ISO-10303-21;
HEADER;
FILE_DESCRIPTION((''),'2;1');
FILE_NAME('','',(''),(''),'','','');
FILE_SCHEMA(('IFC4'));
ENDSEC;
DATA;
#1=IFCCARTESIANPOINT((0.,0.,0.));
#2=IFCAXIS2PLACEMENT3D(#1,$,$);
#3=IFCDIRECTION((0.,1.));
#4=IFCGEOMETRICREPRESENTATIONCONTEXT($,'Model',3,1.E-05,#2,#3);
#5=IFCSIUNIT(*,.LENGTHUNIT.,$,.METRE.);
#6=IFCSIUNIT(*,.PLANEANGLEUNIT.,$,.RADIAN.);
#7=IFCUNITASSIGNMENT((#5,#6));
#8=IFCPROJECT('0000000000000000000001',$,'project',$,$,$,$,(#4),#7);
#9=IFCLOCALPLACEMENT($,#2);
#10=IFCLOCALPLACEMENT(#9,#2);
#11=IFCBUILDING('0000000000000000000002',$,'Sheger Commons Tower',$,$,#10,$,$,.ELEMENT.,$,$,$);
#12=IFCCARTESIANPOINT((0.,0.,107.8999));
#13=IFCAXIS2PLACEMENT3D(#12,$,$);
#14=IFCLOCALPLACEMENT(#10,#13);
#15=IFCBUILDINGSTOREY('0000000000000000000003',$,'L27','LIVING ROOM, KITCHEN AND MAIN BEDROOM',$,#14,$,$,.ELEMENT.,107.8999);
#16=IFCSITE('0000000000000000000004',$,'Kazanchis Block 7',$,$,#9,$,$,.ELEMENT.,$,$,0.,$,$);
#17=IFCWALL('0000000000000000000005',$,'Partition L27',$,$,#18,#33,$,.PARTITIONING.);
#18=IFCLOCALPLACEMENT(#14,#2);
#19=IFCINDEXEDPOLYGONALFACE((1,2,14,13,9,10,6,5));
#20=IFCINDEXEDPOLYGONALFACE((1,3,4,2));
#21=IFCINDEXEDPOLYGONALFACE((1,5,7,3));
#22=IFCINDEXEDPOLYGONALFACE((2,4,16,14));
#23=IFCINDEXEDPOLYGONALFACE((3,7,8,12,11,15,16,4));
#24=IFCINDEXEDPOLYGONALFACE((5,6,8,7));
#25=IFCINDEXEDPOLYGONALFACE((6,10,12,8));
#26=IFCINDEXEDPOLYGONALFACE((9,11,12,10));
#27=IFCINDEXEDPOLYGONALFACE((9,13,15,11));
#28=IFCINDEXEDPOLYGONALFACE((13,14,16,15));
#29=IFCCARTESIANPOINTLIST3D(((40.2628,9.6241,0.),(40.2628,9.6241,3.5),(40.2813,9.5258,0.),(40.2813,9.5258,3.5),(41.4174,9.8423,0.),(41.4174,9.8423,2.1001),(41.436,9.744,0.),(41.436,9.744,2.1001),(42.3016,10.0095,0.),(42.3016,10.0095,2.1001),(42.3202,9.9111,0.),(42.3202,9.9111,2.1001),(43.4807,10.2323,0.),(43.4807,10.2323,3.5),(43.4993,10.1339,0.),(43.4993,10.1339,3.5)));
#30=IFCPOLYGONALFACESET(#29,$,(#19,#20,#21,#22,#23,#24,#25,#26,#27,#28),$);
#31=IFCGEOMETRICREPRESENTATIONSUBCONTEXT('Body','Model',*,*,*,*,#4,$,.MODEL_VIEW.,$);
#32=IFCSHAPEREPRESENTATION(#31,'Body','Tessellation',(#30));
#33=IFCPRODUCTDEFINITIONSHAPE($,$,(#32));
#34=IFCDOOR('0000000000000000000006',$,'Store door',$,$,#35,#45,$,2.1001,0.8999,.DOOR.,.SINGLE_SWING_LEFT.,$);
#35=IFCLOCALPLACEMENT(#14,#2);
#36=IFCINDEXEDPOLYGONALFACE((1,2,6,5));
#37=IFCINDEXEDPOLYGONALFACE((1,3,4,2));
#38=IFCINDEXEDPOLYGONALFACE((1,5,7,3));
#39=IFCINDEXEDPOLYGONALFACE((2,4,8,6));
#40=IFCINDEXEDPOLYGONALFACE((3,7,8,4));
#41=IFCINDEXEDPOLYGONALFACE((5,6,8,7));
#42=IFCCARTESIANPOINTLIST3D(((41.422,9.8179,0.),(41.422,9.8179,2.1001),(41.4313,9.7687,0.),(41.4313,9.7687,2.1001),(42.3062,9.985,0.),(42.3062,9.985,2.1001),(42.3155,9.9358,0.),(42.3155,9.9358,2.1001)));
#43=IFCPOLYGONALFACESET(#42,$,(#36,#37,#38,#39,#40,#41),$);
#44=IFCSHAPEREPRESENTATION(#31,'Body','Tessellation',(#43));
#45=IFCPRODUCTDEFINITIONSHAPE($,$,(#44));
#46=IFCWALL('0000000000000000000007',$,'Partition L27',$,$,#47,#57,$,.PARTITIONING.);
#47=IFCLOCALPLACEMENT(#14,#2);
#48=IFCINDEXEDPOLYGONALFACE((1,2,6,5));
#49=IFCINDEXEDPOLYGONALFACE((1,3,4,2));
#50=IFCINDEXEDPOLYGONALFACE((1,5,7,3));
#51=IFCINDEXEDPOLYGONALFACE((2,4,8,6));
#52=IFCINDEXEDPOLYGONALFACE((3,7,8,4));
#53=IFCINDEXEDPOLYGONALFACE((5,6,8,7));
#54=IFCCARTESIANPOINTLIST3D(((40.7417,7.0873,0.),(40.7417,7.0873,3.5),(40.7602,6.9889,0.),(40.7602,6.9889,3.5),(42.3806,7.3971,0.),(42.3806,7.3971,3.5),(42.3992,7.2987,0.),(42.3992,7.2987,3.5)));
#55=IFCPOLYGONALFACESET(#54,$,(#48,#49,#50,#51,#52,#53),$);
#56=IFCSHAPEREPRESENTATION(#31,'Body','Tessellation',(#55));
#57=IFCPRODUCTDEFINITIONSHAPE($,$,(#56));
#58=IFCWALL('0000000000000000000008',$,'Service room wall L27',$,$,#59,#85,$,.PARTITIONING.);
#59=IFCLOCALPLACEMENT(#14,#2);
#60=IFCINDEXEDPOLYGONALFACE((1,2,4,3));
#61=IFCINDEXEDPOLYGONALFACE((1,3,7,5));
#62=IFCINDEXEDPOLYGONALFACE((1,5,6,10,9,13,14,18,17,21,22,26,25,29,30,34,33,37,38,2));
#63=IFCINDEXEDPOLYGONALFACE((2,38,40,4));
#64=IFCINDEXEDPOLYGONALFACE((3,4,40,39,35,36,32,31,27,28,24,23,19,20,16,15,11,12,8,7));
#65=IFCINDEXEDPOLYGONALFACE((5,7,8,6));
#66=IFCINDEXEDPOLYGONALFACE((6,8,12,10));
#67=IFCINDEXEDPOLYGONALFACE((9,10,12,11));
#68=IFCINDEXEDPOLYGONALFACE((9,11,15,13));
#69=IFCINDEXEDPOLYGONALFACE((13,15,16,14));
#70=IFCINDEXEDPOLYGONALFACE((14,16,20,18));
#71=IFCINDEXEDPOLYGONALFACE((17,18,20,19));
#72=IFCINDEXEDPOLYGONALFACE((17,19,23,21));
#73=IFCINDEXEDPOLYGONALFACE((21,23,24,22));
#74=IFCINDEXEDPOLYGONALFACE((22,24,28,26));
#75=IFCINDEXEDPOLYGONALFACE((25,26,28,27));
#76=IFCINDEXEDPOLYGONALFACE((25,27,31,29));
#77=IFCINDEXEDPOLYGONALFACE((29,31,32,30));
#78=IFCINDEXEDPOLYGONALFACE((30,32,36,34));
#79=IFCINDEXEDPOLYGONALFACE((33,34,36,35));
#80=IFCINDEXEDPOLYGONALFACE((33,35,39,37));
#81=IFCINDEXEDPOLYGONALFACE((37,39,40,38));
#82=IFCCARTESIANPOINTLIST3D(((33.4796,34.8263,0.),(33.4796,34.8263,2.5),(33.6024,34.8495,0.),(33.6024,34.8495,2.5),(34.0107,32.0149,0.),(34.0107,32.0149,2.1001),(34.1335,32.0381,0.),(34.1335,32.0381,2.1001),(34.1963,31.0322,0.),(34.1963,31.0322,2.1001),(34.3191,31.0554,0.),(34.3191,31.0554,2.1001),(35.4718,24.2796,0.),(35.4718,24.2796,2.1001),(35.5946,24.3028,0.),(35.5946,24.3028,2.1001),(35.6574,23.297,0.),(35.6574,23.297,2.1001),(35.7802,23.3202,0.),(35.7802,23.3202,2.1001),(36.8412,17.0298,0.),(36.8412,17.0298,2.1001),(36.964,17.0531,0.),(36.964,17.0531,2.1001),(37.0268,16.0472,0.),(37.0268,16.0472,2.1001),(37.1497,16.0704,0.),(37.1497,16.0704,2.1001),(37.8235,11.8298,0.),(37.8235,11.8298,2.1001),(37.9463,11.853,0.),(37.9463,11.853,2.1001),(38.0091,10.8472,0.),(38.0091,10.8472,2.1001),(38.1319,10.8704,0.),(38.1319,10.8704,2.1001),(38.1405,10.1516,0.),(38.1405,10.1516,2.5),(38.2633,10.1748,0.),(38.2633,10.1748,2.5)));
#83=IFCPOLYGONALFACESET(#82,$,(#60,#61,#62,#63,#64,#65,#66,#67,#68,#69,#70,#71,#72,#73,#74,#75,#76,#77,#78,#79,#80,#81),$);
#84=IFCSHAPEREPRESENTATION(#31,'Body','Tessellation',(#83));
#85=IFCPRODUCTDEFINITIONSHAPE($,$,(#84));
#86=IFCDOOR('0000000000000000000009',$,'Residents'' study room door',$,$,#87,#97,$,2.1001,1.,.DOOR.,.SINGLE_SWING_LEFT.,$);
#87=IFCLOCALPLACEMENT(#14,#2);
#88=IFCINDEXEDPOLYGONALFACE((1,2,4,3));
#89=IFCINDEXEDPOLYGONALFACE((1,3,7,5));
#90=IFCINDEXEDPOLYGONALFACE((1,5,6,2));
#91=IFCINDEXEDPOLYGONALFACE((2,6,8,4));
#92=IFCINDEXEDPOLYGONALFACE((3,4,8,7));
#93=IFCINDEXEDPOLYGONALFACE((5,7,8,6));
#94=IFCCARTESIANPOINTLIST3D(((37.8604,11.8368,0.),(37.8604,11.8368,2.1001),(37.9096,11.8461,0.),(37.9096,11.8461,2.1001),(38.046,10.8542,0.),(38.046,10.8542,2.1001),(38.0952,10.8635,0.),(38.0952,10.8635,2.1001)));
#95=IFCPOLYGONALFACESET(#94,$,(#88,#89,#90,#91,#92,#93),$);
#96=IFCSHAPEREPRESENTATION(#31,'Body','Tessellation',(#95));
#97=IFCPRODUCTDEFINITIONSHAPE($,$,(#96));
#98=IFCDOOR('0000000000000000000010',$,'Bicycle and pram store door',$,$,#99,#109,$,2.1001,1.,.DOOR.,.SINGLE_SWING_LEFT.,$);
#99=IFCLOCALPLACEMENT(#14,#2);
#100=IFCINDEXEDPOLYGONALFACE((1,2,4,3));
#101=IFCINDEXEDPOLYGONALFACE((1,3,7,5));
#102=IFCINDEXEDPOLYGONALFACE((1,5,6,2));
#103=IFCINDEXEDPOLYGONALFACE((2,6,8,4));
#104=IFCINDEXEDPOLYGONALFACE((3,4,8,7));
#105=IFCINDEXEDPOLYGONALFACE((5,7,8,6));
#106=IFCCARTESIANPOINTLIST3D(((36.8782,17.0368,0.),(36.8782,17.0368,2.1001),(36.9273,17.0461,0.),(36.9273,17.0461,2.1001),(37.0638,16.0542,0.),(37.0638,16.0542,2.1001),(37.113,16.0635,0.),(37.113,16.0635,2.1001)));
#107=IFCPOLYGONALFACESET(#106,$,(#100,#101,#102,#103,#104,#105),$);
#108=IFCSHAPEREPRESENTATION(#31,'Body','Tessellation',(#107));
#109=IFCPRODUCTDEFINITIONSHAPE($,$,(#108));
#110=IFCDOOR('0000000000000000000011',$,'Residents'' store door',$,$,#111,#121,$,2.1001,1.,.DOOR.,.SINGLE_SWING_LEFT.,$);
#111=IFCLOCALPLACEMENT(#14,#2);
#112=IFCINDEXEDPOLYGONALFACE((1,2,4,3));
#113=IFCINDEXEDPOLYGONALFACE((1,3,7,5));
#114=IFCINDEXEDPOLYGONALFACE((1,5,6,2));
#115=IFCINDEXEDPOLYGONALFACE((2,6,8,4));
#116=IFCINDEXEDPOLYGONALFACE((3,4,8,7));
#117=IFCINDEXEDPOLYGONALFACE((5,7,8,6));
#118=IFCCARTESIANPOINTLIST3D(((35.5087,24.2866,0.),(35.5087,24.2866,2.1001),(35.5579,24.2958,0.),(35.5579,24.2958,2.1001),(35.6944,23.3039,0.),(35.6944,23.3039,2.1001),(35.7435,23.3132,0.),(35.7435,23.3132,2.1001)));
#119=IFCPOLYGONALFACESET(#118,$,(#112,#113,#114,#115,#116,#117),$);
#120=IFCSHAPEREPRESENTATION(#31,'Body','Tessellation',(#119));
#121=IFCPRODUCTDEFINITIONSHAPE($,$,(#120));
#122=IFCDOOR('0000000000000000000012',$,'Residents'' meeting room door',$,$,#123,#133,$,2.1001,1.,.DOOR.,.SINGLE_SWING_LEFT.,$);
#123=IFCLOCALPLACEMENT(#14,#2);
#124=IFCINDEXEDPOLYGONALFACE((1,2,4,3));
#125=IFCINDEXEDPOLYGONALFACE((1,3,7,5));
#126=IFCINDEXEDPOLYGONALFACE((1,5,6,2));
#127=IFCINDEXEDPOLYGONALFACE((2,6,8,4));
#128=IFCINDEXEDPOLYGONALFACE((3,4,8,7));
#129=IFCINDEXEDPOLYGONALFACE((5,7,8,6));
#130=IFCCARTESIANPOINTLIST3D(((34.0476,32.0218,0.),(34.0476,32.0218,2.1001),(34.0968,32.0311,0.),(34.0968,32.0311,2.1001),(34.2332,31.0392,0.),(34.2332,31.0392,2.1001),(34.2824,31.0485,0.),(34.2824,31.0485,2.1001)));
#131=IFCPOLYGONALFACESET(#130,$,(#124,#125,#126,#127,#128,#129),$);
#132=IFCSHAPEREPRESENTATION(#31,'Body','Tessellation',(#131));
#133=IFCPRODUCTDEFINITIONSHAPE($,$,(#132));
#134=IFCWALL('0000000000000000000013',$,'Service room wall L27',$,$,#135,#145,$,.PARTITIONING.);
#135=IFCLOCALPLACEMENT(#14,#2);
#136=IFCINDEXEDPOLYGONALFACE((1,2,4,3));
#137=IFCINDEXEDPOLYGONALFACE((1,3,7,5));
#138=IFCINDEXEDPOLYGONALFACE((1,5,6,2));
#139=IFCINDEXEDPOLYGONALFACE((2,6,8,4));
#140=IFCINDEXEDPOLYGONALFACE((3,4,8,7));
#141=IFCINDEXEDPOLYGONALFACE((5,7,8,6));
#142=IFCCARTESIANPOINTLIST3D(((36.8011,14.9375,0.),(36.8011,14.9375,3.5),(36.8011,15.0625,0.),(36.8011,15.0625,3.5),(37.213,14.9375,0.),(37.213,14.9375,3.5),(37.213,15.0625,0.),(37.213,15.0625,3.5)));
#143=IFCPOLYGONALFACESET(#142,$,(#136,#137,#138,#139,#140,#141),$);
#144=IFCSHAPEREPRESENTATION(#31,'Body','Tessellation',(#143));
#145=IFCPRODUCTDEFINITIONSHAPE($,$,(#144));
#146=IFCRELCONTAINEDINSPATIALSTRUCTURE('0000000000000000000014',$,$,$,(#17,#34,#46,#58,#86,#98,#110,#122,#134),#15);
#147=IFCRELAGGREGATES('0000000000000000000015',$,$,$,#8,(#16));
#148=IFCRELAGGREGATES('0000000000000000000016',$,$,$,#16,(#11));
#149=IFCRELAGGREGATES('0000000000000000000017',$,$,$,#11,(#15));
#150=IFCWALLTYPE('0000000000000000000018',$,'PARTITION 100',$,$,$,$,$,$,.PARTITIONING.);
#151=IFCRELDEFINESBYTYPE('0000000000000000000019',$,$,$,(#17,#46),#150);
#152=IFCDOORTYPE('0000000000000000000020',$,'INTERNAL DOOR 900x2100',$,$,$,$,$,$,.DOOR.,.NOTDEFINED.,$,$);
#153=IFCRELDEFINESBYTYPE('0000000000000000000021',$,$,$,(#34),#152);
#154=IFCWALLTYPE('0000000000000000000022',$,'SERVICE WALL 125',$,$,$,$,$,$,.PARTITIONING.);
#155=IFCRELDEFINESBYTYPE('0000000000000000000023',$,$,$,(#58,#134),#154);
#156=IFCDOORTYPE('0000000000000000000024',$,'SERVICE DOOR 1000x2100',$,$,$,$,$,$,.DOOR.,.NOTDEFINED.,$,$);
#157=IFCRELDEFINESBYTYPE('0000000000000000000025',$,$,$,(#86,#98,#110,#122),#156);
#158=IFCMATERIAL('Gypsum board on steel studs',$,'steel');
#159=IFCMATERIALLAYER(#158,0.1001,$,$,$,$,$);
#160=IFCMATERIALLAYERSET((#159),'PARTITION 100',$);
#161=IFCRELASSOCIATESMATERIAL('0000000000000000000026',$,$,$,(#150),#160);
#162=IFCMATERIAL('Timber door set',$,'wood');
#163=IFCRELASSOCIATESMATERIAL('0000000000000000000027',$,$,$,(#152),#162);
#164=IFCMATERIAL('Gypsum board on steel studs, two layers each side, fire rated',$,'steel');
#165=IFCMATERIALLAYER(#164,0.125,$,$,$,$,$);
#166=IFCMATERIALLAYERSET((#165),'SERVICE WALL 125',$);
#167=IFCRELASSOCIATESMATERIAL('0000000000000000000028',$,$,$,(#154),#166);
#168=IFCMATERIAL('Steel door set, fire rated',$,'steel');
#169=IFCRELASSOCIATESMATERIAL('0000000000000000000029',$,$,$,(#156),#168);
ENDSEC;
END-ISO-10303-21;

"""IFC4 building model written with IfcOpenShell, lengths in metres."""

from ifc_helpers import new_model, si_unit, direction, frame, frame_2d, origin, place, context, subcontext, project, spatial, rectangle, extrude, material, layer, layer_set, type_object, element, fill, save


model = new_model("IFC4")

# Units and contexts
model_context = context("Model", 3, precision=1e-05, world=origin(), true_north=direction((0.0, 1.0)))
body_context = subcontext(model_context, "Body", "Model", "MODEL_VIEW")
ifc_project = project(units=[si_unit("LENGTHUNIT", "METRE"), si_unit("PLANEANGLEUNIT", "RADIAN")], contexts=[model_context])

# Site, building, storey
site_placement = place(None, origin())
site = spatial("IfcSite", under=ifc_project, at=site_placement, Name="Kazanchis Block 7", CompositionType="ELEMENT", RefElevation=0.0)
building_placement = place(site_placement, origin())
building = spatial("IfcBuilding", under=site, at=building_placement, Name="Sheger Commons Tower", CompositionType="ELEMENT")
storey_placement = place(building_placement, frame((0.0, 0.0, 107.8999)))
storey = spatial("IfcBuildingStorey", under=building, at=storey_placement, Name="L27", Description="LIVING ROOM, KITCHEN AND MAIN BEDROOM", CompositionType="ELEMENT", Elevation=107.8999)

# Shared definitions
ifc_material_1 = material(Name="Gypsum board on steel studs", Category="steel")
ifc_layer_1 = layer(ifc_material_1, 0.1001)
ifc_layer_set_1 = layer_set([ifc_layer_1], Name="PARTITION 100")
wall_type_1 = type_object("IfcWallType", Name="PARTITION 100", PredefinedType="PARTITIONING", material=ifc_layer_set_1)

# Shared definitions
ifc_material_2 = material(Name="Timber door set", Category="wood")
door_type_1 = type_object("IfcDoorType", Name="INTERNAL DOOR 900x2100", OperationType="NOTDEFINED", PredefinedType="DOOR", material=ifc_material_2)

# Wall, opening, door
wall_1_placement = place(storey_placement, frame((43.49, 10.1831, 0.0), z_axis=(0.0, 0.0, 1.0), x_axis=(-0.982607, -0.185697, 0.0)))
wall_1 = element("IfcWall", 1, at=wall_1_placement, inside=storey, type_object=wall_type_1, Name="Partition L27", PredefinedType="PARTITIONING", context=body_context, shape_type="SweptSolid", body=[
    extrude(rectangle(XDim=3.2749, YDim=0.1001, at=frame_2d((1.6375, 0.0))), origin(), (0.0, 0.0, 1.0), 3.5),
])
opening_1_placement = place(wall_1_placement, frame((1.2, 0.0, 0.0)))
opening_1 = element("IfcOpeningElement", 2, at=opening_1_placement, cuts=wall_1, PredefinedType="OPENING", context=body_context, shape_type="SweptSolid", body=[
    extrude(rectangle(XDim=0.8999, YDim=2.1001, at=frame_2d((0.45, 1.05))), frame((0.0, 0.0601, 0.0), z_axis=(0.0, -1.0, 0.0), x_axis=(1.0, 0.0, 0.0)), (0.0, 0.0, 1.0), 0.1201),
])
door_1_placement = place(opening_1_placement, origin())
door_1 = element("IfcDoor", 3, at=door_1_placement, inside=storey, type_object=door_type_1, Name="Store door", OperationType="SINGLE_SWING_LEFT", OverallHeight=2.1001, OverallWidth=0.8999, PredefinedType="DOOR", context=body_context, shape_type="SweptSolid", body=[
    extrude(rectangle(XDim=0.8999, YDim=2.1001, at=frame_2d((0.45, 1.05))), frame((0.0, 0.0249, 0.0), z_axis=(0.0, -1.0, 0.0), x_axis=(1.0, 0.0, 0.0)), (0.0, 0.0, 1.0), 0.05),
])
fill(opening_1, door_1)

# Wall
wall_2_placement = place(storey_placement, frame((42.3899, 7.3479, 0.0), z_axis=(0.0, 0.0, 1.0), x_axis=(-0.982598, -0.185747, 0.0)))
element("IfcWall", 4, at=wall_2_placement, inside=storey, type_object=wall_type_1, Name="Partition L27", PredefinedType="PARTITIONING", context=body_context, shape_type="SweptSolid", body=[
    extrude(rectangle(XDim=1.668, YDim=0.1001, at=frame_2d((0.834, 0.0))), origin(), (0.0, 0.0, 1.0), 3.5),
])

# Wall, openings, doors
ifc_material_3 = material(Name="Gypsum board on steel studs, two layers each side, fire rated", Category="steel")
ifc_layer_2 = layer(ifc_material_3, 0.125)
ifc_layer_set_2 = layer_set([ifc_layer_2], Name="SERVICE WALL 125")
wall_type_2 = type_object("IfcWallType", Name="SERVICE WALL 125", PredefinedType="PARTITIONING", material=ifc_layer_set_2)
wall_3_placement = place(storey_placement, frame((38.2019, 10.1631, 0.0), z_axis=(0.0, 0.0, 1.0), x_axis=(-0.18561, 0.982623, 0.0)))
wall_3 = element("IfcWall", 5, at=wall_3_placement, inside=storey, type_object=wall_type_2, Name="Service room wall L27", PredefinedType="PARTITIONING", context=body_context, shape_type="SweptSolid", body=[
    extrude(rectangle(XDim=25.1111, YDim=0.125, at=frame_2d((12.5557, 0.0))), origin(), (0.0, 0.0, 1.0), 2.5),
])
opening_2_placement = place(wall_3_placement, frame((0.708, 0.0, 0.0)))
opening_2 = element("IfcOpeningElement", 6, at=opening_2_placement, cuts=wall_3, PredefinedType="OPENING", context=body_context, shape_type="SweptSolid", body=[
    extrude(rectangle(XDim=1.0, YDim=2.1001, at=frame_2d((0.5, 1.05))), frame((0.0, 0.0725, 0.0), z_axis=(0.0, -1.0, 0.0), x_axis=(1.0, 0.0, 0.0)), (0.0, 0.0, 1.0), 0.145),
])
opening_3_placement = place(wall_3_placement, frame((6.0, 0.0, 0.0)))
opening_3 = element("IfcOpeningElement", 7, at=opening_3_placement, cuts=wall_3, PredefinedType="OPENING", context=body_context, shape_type="SweptSolid", body=[
    extrude(rectangle(XDim=1.0, YDim=2.1001, at=frame_2d((0.5, 1.05))), frame((0.0, 0.0725, 0.0), z_axis=(0.0, -1.0, 0.0), x_axis=(1.0, 0.0, 0.0)), (0.0, 0.0, 1.0), 0.145),
])
opening_4_placement = place(wall_3_placement, frame((13.3779, 0.0, 0.0)))
opening_4 = element("IfcOpeningElement", 8, at=opening_4_placement, cuts=wall_3, PredefinedType="OPENING", context=body_context, shape_type="SweptSolid", body=[
    extrude(rectangle(XDim=1.0, YDim=2.1001, at=frame_2d((0.5, 1.05))), frame((0.0, 0.0725, 0.0), z_axis=(0.0, -1.0, 0.0), x_axis=(1.0, 0.0, 0.0)), (0.0, 0.0, 1.0), 0.145),
])
opening_5_placement = place(wall_3_placement, frame((21.25, 0.0, 0.0)))
opening_5 = element("IfcOpeningElement", 9, at=opening_5_placement, cuts=wall_3, PredefinedType="OPENING", context=body_context, shape_type="SweptSolid", body=[
    extrude(rectangle(XDim=1.0, YDim=2.1001, at=frame_2d((0.5, 1.05))), frame((0.0, 0.0725, 0.0), z_axis=(0.0, -1.0, 0.0), x_axis=(1.0, 0.0, 0.0)), (0.0, 0.0, 1.0), 0.145),
])
ifc_material_4 = material(Name="Steel door set, fire rated", Category="steel")
door_type_2 = type_object("IfcDoorType", Name="SERVICE DOOR 1000x2100", OperationType="NOTDEFINED", PredefinedType="DOOR", material=ifc_material_4)
door_2_placement = place(opening_2_placement, origin())
door_2 = element("IfcDoor", 10, at=door_2_placement, inside=storey, type_object=door_type_2, Name="Residents' study room door", OperationType="SINGLE_SWING_LEFT", OverallHeight=2.1001, OverallWidth=1.0, PredefinedType="DOOR", context=body_context, shape_type="SweptSolid", body=[
    extrude(rectangle(XDim=1.0, YDim=2.1001, at=frame_2d((0.5, 1.05))), frame((0.0, 0.0249, 0.0), z_axis=(0.0, -1.0, 0.0), x_axis=(1.0, 0.0, 0.0)), (0.0, 0.0, 1.0), 0.05),
])
fill(opening_2, door_2)
door_3_placement = place(opening_3_placement, origin())
door_3 = element("IfcDoor", 11, at=door_3_placement, inside=storey, type_object=door_type_2, Name="Bicycle and pram store door", OperationType="SINGLE_SWING_LEFT", OverallHeight=2.1001, OverallWidth=1.0, PredefinedType="DOOR", context=body_context, shape_type="SweptSolid", body=[
    extrude(rectangle(XDim=1.0, YDim=2.1001, at=frame_2d((0.5, 1.05))), frame((0.0, 0.0249, 0.0), z_axis=(0.0, -1.0, 0.0), x_axis=(1.0, 0.0, 0.0)), (0.0, 0.0, 1.0), 0.05),
])
fill(opening_3, door_3)
door_4_placement = place(opening_4_placement, origin())
door_4 = element("IfcDoor", 12, at=door_4_placement, inside=storey, type_object=door_type_2, Name="Residents' store door", OperationType="SINGLE_SWING_LEFT", OverallHeight=2.1001, OverallWidth=1.0, PredefinedType="DOOR", context=body_context, shape_type="SweptSolid", body=[
    extrude(rectangle(XDim=1.0, YDim=2.1001, at=frame_2d((0.5, 1.05))), frame((0.0, 0.0249, 0.0), z_axis=(0.0, -1.0, 0.0), x_axis=(1.0, 0.0, 0.0)), (0.0, 0.0, 1.0), 0.05),
])
fill(opening_4, door_4)
door_5_placement = place(opening_5_placement, origin())
door_5 = element("IfcDoor", 13, at=door_5_placement, inside=storey, type_object=door_type_2, Name="Residents' meeting room door", OperationType="SINGLE_SWING_LEFT", OverallHeight=2.1001, OverallWidth=1.0, PredefinedType="DOOR", context=body_context, shape_type="SweptSolid", body=[
    extrude(rectangle(XDim=1.0, YDim=2.1001, at=frame_2d((0.5, 1.05))), frame((0.0, 0.0249, 0.0), z_axis=(0.0, -1.0, 0.0), x_axis=(1.0, 0.0, 0.0)), (0.0, 0.0, 1.0), 0.05),
])
fill(opening_5, door_5)

# Wall
wall_4_placement = place(storey_placement, frame((36.801, 15.0, 0.0), z_axis=(0.0, 0.0, 1.0), x_axis=(1.0, 0.0, 0.0)))
element("IfcWall", 14, at=wall_4_placement, inside=storey, type_object=wall_type_2, Name="Service room wall L27", PredefinedType="PARTITIONING", context=body_context, shape_type="SweptSolid", body=[
    extrude(rectangle(XDim=0.4119, YDim=0.125, at=frame_2d((0.2061, 0.0))), origin(), (0.0, 0.0, 1.0), 3.5),
])

save(model, "model.ifc")
